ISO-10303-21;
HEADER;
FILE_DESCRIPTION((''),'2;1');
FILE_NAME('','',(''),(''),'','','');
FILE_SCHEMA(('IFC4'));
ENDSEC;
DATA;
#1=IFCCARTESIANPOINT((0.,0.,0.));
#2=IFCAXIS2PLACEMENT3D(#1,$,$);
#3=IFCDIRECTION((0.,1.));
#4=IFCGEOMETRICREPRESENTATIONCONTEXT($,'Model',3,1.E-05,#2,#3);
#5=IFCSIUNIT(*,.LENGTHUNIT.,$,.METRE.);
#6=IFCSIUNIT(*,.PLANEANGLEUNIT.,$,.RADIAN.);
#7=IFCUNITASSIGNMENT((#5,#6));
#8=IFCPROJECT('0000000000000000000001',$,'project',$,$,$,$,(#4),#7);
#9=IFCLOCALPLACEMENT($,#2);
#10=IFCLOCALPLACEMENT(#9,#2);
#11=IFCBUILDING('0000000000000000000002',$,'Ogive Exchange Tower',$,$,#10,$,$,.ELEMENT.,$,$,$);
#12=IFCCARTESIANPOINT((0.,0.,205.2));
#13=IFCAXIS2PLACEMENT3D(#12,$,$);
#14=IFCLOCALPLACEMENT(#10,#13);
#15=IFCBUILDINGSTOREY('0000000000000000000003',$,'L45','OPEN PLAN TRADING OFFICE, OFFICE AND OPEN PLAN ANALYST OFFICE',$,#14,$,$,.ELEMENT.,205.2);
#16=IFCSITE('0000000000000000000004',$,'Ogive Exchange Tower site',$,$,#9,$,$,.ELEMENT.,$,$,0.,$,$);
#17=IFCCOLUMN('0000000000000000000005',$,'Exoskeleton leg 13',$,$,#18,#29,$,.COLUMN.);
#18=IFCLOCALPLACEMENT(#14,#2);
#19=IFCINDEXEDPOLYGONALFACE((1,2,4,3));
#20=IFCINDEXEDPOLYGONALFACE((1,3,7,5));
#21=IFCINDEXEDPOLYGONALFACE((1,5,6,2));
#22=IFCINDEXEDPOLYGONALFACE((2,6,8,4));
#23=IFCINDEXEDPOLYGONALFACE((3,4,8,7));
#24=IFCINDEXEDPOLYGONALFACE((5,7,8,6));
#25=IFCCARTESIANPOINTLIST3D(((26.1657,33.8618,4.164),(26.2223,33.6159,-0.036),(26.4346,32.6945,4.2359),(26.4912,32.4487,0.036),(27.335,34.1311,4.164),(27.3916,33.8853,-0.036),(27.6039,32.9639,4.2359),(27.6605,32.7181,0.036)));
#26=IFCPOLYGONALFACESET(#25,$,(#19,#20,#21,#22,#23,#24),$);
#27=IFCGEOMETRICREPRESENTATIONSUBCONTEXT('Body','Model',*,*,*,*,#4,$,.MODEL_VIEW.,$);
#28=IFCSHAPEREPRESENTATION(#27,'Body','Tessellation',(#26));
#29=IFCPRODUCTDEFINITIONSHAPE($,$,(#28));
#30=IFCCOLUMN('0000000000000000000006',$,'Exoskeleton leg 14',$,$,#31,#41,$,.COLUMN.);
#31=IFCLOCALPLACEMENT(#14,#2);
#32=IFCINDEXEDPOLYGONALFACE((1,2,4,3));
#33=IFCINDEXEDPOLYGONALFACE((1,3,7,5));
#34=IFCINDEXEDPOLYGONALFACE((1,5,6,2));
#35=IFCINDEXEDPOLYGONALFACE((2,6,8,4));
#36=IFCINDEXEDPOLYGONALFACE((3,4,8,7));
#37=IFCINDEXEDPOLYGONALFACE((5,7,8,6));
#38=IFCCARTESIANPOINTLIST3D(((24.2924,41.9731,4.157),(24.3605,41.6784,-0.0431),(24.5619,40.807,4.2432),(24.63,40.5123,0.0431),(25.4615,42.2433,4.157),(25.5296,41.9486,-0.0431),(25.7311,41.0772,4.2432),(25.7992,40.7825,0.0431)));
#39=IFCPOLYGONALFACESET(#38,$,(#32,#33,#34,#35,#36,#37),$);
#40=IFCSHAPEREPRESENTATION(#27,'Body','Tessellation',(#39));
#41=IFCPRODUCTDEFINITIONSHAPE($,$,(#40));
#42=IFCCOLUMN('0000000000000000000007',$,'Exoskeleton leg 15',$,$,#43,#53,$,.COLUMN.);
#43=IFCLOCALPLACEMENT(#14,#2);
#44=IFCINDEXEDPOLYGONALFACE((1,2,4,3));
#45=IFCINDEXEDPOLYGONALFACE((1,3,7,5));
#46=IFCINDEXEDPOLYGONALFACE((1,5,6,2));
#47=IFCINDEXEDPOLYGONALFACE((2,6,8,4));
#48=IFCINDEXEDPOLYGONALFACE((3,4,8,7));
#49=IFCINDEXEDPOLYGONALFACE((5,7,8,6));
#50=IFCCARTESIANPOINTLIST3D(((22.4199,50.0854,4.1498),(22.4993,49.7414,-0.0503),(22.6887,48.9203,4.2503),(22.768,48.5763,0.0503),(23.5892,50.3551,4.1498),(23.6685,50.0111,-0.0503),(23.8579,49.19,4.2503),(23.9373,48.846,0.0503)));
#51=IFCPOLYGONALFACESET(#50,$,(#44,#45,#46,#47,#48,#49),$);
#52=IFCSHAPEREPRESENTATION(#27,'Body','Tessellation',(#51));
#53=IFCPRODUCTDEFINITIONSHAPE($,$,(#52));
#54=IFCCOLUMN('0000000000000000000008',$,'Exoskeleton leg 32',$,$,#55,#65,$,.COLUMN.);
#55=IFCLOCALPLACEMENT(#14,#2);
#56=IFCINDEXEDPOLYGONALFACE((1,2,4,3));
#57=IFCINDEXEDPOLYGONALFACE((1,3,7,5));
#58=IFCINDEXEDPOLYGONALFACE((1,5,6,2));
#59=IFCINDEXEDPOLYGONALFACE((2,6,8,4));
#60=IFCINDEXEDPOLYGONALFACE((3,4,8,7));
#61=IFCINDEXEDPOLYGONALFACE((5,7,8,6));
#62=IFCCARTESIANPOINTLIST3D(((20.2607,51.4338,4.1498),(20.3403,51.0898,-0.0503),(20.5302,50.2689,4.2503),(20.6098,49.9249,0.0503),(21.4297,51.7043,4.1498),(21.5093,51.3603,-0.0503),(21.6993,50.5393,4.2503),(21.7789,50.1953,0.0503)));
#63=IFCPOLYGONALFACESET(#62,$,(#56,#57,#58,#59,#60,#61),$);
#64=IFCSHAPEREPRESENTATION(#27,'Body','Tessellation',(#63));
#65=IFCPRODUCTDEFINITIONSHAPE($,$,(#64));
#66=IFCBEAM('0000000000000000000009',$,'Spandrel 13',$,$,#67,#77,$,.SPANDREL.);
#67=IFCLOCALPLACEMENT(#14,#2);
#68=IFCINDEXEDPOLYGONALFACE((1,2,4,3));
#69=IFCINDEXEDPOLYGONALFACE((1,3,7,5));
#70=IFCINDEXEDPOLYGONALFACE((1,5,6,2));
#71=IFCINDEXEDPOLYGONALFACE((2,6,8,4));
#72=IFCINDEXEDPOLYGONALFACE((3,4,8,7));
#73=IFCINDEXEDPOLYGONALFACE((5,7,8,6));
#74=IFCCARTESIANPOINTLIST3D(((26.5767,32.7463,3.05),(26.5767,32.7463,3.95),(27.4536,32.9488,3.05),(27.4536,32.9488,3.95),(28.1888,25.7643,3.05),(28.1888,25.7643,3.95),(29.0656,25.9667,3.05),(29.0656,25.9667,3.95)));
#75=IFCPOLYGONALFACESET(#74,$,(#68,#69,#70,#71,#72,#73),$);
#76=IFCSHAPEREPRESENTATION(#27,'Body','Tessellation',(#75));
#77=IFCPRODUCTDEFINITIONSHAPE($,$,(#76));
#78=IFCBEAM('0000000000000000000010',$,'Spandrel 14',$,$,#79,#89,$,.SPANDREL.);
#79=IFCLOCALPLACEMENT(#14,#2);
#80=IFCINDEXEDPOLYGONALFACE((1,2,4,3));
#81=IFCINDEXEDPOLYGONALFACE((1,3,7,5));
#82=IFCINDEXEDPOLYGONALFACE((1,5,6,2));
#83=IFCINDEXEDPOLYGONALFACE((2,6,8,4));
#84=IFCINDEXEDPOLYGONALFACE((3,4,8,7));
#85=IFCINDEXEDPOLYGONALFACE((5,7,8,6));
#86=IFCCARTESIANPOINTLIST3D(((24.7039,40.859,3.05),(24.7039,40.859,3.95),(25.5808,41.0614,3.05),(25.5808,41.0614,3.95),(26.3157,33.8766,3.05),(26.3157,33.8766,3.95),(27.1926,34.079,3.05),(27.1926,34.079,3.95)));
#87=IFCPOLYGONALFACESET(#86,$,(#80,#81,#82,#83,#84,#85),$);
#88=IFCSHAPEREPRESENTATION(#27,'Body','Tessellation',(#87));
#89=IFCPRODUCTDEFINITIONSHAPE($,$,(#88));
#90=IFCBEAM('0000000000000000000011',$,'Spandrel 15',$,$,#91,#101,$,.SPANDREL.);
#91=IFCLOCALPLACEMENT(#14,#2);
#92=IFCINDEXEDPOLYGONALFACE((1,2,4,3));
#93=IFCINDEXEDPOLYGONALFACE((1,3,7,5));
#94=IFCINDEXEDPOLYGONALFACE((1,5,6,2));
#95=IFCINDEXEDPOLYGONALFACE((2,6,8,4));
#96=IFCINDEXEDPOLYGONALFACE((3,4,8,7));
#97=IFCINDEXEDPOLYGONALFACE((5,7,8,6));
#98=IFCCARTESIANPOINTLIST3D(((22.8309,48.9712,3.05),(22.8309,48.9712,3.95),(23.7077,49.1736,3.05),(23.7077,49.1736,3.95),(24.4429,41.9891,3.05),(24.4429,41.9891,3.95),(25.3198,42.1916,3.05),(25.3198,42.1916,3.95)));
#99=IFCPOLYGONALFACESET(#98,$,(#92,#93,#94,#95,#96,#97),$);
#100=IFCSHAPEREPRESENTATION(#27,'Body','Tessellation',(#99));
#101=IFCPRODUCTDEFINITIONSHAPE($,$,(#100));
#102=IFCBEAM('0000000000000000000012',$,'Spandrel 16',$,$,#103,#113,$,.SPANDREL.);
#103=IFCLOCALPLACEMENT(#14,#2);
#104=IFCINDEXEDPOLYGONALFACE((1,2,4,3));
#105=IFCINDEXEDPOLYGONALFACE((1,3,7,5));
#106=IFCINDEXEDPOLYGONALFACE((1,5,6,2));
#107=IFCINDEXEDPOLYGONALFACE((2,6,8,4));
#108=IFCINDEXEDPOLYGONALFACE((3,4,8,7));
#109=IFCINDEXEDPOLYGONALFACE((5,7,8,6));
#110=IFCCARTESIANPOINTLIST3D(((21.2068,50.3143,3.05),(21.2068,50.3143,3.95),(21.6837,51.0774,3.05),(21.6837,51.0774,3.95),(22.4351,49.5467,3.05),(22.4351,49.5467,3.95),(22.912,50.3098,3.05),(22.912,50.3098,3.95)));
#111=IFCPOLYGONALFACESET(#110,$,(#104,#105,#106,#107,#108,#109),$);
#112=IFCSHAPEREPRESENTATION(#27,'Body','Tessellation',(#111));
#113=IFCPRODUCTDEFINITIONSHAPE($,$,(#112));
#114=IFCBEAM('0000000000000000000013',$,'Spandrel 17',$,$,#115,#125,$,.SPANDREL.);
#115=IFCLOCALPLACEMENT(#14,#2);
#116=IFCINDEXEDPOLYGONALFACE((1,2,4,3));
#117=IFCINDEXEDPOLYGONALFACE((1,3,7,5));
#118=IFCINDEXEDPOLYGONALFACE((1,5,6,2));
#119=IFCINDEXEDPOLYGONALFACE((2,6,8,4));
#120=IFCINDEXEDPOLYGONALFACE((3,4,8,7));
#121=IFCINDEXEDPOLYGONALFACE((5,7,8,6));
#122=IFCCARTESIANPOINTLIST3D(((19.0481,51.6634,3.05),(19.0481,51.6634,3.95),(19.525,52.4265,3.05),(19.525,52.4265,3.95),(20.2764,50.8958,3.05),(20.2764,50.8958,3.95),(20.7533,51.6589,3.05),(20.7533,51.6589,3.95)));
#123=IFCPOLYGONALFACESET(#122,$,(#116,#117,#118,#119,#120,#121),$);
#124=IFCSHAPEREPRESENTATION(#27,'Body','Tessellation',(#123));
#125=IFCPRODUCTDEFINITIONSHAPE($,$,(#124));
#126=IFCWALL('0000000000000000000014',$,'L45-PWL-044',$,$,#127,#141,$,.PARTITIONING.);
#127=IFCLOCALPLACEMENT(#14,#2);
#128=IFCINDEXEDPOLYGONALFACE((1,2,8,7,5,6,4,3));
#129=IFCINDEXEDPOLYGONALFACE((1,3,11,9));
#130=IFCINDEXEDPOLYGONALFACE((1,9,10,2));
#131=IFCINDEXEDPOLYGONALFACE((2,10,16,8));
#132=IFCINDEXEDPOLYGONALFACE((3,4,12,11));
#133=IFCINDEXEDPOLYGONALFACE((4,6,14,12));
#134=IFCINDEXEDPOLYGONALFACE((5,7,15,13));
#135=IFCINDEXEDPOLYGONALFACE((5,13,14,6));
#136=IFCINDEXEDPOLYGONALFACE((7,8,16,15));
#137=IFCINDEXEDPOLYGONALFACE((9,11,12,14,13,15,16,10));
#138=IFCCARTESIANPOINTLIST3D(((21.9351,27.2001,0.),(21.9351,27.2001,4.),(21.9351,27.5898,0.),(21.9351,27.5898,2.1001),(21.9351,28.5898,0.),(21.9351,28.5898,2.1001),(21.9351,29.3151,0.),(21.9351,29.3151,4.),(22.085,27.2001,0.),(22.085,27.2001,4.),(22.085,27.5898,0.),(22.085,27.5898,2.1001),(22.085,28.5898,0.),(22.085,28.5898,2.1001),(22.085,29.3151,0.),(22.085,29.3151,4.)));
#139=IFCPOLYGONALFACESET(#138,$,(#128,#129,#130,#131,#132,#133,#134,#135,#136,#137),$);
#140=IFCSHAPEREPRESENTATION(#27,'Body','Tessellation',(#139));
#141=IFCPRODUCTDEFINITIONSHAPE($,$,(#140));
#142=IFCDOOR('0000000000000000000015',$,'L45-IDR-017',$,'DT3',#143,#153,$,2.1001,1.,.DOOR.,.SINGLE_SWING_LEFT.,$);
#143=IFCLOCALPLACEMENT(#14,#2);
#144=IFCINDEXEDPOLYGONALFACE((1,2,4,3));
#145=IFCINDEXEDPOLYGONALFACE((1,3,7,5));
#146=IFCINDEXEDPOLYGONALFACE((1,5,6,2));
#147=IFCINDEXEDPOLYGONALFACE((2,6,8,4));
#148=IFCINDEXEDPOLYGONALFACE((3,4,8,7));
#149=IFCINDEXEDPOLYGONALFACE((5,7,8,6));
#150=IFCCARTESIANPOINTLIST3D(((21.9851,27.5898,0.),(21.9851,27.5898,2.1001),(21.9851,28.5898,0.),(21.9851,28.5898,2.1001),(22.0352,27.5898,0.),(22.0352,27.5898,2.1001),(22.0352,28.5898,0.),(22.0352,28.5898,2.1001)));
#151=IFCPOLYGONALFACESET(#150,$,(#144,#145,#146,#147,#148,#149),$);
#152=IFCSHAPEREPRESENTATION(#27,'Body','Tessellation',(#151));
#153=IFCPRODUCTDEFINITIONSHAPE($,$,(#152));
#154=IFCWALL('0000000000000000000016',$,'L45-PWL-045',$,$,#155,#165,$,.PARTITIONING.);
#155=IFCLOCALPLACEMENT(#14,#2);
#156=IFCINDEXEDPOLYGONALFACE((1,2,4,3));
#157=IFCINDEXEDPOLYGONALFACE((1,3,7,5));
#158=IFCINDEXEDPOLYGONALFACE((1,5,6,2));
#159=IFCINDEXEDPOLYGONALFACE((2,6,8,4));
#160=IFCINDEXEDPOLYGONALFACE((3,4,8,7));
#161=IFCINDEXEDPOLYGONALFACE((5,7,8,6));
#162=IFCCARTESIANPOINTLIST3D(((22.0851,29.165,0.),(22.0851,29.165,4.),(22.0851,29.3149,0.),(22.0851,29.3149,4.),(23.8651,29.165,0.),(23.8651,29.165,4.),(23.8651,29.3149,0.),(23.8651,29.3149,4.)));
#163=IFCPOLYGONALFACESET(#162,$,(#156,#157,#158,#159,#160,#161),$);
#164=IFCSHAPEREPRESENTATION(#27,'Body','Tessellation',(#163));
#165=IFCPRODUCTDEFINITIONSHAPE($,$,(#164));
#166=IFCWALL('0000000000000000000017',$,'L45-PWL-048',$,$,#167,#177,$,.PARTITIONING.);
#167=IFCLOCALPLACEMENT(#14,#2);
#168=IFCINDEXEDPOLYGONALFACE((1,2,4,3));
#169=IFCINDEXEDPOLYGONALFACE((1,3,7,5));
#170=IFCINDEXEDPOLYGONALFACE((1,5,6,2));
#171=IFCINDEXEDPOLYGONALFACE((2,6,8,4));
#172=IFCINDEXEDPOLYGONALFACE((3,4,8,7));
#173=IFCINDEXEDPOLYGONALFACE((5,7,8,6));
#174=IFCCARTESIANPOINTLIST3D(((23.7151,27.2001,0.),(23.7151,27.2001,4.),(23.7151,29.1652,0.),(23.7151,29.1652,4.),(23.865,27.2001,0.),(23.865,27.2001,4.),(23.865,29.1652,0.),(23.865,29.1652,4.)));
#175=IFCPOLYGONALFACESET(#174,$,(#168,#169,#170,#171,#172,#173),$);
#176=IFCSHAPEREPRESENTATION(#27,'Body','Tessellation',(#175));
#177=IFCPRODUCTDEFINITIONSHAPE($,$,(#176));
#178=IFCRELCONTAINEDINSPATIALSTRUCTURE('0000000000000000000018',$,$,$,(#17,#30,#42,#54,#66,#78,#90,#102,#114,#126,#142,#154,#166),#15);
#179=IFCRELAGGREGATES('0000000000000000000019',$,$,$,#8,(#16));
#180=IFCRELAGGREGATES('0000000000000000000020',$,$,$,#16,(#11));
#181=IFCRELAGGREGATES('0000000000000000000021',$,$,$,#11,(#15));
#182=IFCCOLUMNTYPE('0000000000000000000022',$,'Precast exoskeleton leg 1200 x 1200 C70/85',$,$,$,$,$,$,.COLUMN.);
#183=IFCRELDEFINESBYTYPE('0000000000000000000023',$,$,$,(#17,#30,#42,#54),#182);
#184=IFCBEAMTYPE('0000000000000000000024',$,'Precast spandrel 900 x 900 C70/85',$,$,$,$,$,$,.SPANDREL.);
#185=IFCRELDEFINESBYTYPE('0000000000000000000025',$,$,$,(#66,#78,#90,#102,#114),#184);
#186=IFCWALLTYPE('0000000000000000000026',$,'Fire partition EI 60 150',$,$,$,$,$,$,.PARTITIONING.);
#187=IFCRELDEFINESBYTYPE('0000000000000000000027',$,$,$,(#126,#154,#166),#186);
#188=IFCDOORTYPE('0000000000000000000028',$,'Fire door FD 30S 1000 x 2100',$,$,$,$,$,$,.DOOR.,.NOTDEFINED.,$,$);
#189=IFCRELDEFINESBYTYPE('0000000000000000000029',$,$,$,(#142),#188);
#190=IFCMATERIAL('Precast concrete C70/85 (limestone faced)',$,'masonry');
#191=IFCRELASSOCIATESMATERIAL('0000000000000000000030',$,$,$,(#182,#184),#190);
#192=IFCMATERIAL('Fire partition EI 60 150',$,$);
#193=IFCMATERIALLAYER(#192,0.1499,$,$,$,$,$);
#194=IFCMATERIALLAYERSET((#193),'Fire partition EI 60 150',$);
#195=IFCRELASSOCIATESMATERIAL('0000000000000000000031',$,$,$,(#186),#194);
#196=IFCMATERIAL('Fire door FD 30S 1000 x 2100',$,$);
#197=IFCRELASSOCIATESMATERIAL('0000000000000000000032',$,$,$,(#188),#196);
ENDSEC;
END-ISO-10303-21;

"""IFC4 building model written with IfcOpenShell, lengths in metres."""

from ifc_helpers import new_model, si_unit, direction, frame, frame_2d, origin, origin_2d, place, context, subcontext, project, spatial, rectangle, extrude, material, layer, layer_set, material_profile, profile_set, type_object, element, fill, save


model = new_model("IFC4")

# Units and contexts
model_context = context("Model", 3, precision=1e-05, world=origin(), true_north=direction((0.0, 1.0)))
body_context = subcontext(model_context, "Body", "Model", "MODEL_VIEW")
ifc_project = project(units=[si_unit("LENGTHUNIT", "METRE"), si_unit("PLANEANGLEUNIT", "RADIAN")], contexts=[model_context])

# Site, building, storey
site_placement = place(None, origin())
site = spatial("IfcSite", under=ifc_project, at=site_placement, Name="Ogive Exchange Tower site", CompositionType="ELEMENT", RefElevation=0.0)
building_placement = place(site_placement, origin())
building = spatial("IfcBuilding", under=site, at=building_placement, Name="Ogive Exchange Tower", CompositionType="ELEMENT")
storey_placement = place(building_placement, frame((0.0, 0.0, 205.2)))
storey = spatial("IfcBuildingStorey", under=building, at=storey_placement, Name="L45", Description="OPEN PLAN TRADING OFFICE, OFFICE AND OPEN PLAN ANALYST OFFICE", CompositionType="ELEMENT", Elevation=205.2)

# Columns
ifc_material_1 = material(Name="Precast concrete C70/85 (limestone faced)", Category="masonry")
ifc_material_profile_1 = material_profile(ifc_material_1, rectangle(XDim=1.2, YDim=1.2, at=origin_2d()), Name="1200 x 1200")
ifc_profile_set_1 = profile_set([ifc_material_profile_1], Name="Precast concrete C70/85 (limestone faced)")
column_type = type_object("IfcColumnType", Name="Precast exoskeleton leg 1200 x 1200 C70/85", PredefinedType="COLUMN", material=ifc_profile_set_1)
column_1_placement = place(storey_placement, frame((26.9414, 33.167, 0.0), z_axis=(-0.013462, 0.058431, 0.998201), x_axis=(-0.974473, -0.224506, 0.0)))
element("IfcColumn", 1, at=column_1_placement, inside=storey, type_object=column_type, Name="Exoskeleton leg 13", PredefinedType="COLUMN", context=body_context, shape_type="SweptSolid", body=[
    extrude(rectangle(XDim=1.2, YDim=1.2, at=origin_2d()), origin(), (0.0, 0.0, 1.0), 4.2075),
])
column_2_placement = place(storey_placement, frame((25.0798, 41.2305, 0.0), z_axis=(-0.016176, 0.069981, 0.997417), x_axis=(-0.97431, -0.225213, 0.0)))
element("IfcColumn", 2, at=column_2_placement, inside=storey, type_object=column_type, Name="Exoskeleton leg 14", PredefinedType="COLUMN", context=body_context, shape_type="SweptSolid", body=[
    extrude(rectangle(XDim=1.2, YDim=1.2, at=origin_2d()), origin(), (0.0, 0.0, 1.0), 4.2109),
])
for number, where, z_axis, x_axis, name in (
    (3, (23.2183, 49.2937, 0.0), (-0.018826, 0.081617, 0.996486), (-0.974415, -0.224758, 0.0), "Exoskeleton leg 15"),
    (4, (21.0596, 50.6426, 0.0), (-0.018884, 0.081616, 0.996485), (-0.974263, -0.225415, 0.0), "Exoskeleton leg 32"),
):
    element("IfcColumn", number, at=place(storey_placement, frame(where, z_axis=z_axis, x_axis=x_axis)), inside=storey, type_object=column_type, Name=name, PredefinedType="COLUMN", context=body_context, shape_type="SweptSolid", body=[
        extrude(rectangle(XDim=1.2, YDim=1.2, at=origin_2d()), origin(), (0.0, 0.0, 1.0), 4.2148),
    ])

# Beams
ifc_material_profile_2 = material_profile(ifc_material_1, rectangle(XDim=0.8999, YDim=0.8999, at=origin_2d()), Name="900 x 900")
ifc_profile_set_2 = profile_set([ifc_material_profile_2], Name="Precast concrete C70/85 (limestone faced)")
beam_type = type_object("IfcBeamType", Name="Precast spandrel 900 x 900 C70/85", PredefinedType="SPANDREL", material=ifc_profile_set_2)
beam_1_placement = place(storey_placement, frame((28.6272, 25.8655, 3.5), z_axis=(-0.224964, 0.974367, 0.0), x_axis=(-0.974367, -0.224964, 0.0)))
element("IfcBeam", 5, at=beam_1_placement, inside=storey, type_object=beam_type, Name="Spandrel 13", PredefinedType="SPANDREL", context=body_context, shape_type="SweptSolid", body=[
    extrude(rectangle(XDim=0.8999, YDim=0.8999, at=origin_2d()), origin(), (0.0, 0.0, 1.0), 7.1658),
])
beam_2_placement = place(storey_placement, frame((26.7542, 33.9778, 3.5), z_axis=(-0.224924, 0.974376, 0.0), x_axis=(-0.974376, -0.224924, 0.0)))
element("IfcBeam", 6, at=beam_2_placement, inside=storey, type_object=beam_type, Name="Spandrel 14", PredefinedType="SPANDREL", context=body_context, shape_type="SweptSolid", body=[
    extrude(rectangle(XDim=0.8999, YDim=0.8999, at=origin_2d()), origin(), (0.0, 0.0, 1.0), 7.166),
])
beam_3_placement = place(storey_placement, frame((24.8813, 42.0903, 3.5), z_axis=(-0.224964, 0.974367, 0.0), x_axis=(-0.974367, -0.224964, 0.0)))
element("IfcBeam", 7, at=beam_3_placement, inside=storey, type_object=beam_type, Name="Spandrel 15", PredefinedType="SPANDREL", context=body_context, shape_type="SweptSolid", body=[
    extrude(rectangle(XDim=0.8999, YDim=0.8999, at=origin_2d()), origin(), (0.0, 0.0, 1.0), 7.1658),
])
for number, where, z_axis, x_axis, name in (
    (8, (22.6736, 49.9282, 3.5), (-0.848027, 0.529953, 0.0), (-0.529953, -0.848027, 0.0), "Spandrel 16"),
    (9, (20.5149, 51.2773, 3.5), (-0.848027, 0.529953, 0.0), (-0.529953, -0.848027, 0.0), "Spandrel 17"),
):
    element("IfcBeam", number, at=place(storey_placement, frame(where, z_axis=z_axis, x_axis=x_axis)), inside=storey, type_object=beam_type, Name=name, PredefinedType="SPANDREL", context=body_context, shape_type="SweptSolid", body=[
        extrude(rectangle(XDim=0.8999, YDim=0.8999, at=origin_2d()), origin(), (0.0, 0.0, 1.0), 1.4485),
    ])

# Wall, opening, door
ifc_material_2 = material(Name="Fire partition EI 60 150")
ifc_layer_1 = layer(ifc_material_2, 0.1499)
ifc_layer_set_1 = layer_set([ifc_layer_1], Name="Fire partition EI 60 150")
wall_type_1 = type_object("IfcWallType", Name="Fire partition EI 60 150", PredefinedType="PARTITIONING", material=ifc_layer_set_1)
wall_1_placement = place(storey_placement, frame((22.01, 27.2, 0.0), z_axis=(0.0, 0.0, 1.0), x_axis=(0.0, 1.0, 0.0)))
wall_1 = element("IfcWall", 10, at=wall_1_placement, inside=storey, type_object=wall_type_1, Name="L45-PWL-044", PredefinedType="PARTITIONING", context=body_context, shape_type="SweptSolid", body=[
    extrude(rectangle(XDim=2.115, YDim=0.1499, at=frame_2d((1.0576, 0.0))), origin(), (0.0, 0.0, 1.0), 4.0),
])
opening_1_placement = place(wall_1_placement, frame((0.3899, 0.0, 0.0)))
opening_1 = element("IfcOpeningElement", 11, at=opening_1_placement, cuts=wall_1, PredefinedType="OPENING", context=body_context, shape_type="SweptSolid", body=[
    extrude(rectangle(XDim=1.0, YDim=2.1001, at=frame_2d((0.5, 1.05))), frame((0.0, 0.085, 0.0), z_axis=(0.0, -1.0, 0.0), x_axis=(1.0, 0.0, 0.0)), (0.0, 0.0, 1.0), 0.1699),
])
ifc_material_3 = material(Name="Fire door FD 30S 1000 x 2100")
door_type = type_object("IfcDoorType", Name="Fire door FD 30S 1000 x 2100", OperationType="NOTDEFINED", PredefinedType="DOOR", material=ifc_material_3)
door_1_placement = place(opening_1_placement, origin())
door_1 = element("IfcDoor", 12, at=door_1_placement, inside=storey, type_object=door_type, Name="L45-IDR-017", ObjectType="DT3", OperationType="SINGLE_SWING_LEFT", OverallHeight=2.1001, OverallWidth=1.0, PredefinedType="DOOR", context=body_context, shape_type="SweptSolid", body=[
    extrude(rectangle(XDim=1.0, YDim=2.1001, at=frame_2d((0.5, 1.05))), frame((0.0, 0.0249, 0.0), z_axis=(0.0, -1.0, 0.0), x_axis=(1.0, 0.0, 0.0)), (0.0, 0.0, 1.0), 0.05),
])
fill(opening_1, door_1)

# Walls
wall_2_placement = place(storey_placement, frame((22.085, 29.24, 0.0), z_axis=(0.0, 0.0, 1.0), x_axis=(1.0, 0.0, 0.0)))
element("IfcWall", 13, at=wall_2_placement, inside=storey, type_object=wall_type_1, Name="L45-PWL-045", PredefinedType="PARTITIONING", context=body_context, shape_type="SweptSolid", body=[
    extrude(rectangle(XDim=1.78, YDim=0.1499, at=frame_2d((0.8901, 0.0))), origin(), (0.0, 0.0, 1.0), 4.0),
])
wall_3_placement = place(storey_placement, frame((23.79, 29.165, 0.0), z_axis=(0.0, 0.0, 1.0), x_axis=(0.0, -1.0, 0.0)))
element("IfcWall", 14, at=wall_3_placement, inside=storey, type_object=wall_type_1, Name="L45-PWL-048", PredefinedType="PARTITIONING", context=body_context, shape_type="SweptSolid", body=[
    extrude(rectangle(XDim=1.9651, YDim=0.1499, at=frame_2d((0.9824, 0.0))), origin(), (0.0, 0.0, 1.0), 4.0),
])

save(model, "model.ifc")
